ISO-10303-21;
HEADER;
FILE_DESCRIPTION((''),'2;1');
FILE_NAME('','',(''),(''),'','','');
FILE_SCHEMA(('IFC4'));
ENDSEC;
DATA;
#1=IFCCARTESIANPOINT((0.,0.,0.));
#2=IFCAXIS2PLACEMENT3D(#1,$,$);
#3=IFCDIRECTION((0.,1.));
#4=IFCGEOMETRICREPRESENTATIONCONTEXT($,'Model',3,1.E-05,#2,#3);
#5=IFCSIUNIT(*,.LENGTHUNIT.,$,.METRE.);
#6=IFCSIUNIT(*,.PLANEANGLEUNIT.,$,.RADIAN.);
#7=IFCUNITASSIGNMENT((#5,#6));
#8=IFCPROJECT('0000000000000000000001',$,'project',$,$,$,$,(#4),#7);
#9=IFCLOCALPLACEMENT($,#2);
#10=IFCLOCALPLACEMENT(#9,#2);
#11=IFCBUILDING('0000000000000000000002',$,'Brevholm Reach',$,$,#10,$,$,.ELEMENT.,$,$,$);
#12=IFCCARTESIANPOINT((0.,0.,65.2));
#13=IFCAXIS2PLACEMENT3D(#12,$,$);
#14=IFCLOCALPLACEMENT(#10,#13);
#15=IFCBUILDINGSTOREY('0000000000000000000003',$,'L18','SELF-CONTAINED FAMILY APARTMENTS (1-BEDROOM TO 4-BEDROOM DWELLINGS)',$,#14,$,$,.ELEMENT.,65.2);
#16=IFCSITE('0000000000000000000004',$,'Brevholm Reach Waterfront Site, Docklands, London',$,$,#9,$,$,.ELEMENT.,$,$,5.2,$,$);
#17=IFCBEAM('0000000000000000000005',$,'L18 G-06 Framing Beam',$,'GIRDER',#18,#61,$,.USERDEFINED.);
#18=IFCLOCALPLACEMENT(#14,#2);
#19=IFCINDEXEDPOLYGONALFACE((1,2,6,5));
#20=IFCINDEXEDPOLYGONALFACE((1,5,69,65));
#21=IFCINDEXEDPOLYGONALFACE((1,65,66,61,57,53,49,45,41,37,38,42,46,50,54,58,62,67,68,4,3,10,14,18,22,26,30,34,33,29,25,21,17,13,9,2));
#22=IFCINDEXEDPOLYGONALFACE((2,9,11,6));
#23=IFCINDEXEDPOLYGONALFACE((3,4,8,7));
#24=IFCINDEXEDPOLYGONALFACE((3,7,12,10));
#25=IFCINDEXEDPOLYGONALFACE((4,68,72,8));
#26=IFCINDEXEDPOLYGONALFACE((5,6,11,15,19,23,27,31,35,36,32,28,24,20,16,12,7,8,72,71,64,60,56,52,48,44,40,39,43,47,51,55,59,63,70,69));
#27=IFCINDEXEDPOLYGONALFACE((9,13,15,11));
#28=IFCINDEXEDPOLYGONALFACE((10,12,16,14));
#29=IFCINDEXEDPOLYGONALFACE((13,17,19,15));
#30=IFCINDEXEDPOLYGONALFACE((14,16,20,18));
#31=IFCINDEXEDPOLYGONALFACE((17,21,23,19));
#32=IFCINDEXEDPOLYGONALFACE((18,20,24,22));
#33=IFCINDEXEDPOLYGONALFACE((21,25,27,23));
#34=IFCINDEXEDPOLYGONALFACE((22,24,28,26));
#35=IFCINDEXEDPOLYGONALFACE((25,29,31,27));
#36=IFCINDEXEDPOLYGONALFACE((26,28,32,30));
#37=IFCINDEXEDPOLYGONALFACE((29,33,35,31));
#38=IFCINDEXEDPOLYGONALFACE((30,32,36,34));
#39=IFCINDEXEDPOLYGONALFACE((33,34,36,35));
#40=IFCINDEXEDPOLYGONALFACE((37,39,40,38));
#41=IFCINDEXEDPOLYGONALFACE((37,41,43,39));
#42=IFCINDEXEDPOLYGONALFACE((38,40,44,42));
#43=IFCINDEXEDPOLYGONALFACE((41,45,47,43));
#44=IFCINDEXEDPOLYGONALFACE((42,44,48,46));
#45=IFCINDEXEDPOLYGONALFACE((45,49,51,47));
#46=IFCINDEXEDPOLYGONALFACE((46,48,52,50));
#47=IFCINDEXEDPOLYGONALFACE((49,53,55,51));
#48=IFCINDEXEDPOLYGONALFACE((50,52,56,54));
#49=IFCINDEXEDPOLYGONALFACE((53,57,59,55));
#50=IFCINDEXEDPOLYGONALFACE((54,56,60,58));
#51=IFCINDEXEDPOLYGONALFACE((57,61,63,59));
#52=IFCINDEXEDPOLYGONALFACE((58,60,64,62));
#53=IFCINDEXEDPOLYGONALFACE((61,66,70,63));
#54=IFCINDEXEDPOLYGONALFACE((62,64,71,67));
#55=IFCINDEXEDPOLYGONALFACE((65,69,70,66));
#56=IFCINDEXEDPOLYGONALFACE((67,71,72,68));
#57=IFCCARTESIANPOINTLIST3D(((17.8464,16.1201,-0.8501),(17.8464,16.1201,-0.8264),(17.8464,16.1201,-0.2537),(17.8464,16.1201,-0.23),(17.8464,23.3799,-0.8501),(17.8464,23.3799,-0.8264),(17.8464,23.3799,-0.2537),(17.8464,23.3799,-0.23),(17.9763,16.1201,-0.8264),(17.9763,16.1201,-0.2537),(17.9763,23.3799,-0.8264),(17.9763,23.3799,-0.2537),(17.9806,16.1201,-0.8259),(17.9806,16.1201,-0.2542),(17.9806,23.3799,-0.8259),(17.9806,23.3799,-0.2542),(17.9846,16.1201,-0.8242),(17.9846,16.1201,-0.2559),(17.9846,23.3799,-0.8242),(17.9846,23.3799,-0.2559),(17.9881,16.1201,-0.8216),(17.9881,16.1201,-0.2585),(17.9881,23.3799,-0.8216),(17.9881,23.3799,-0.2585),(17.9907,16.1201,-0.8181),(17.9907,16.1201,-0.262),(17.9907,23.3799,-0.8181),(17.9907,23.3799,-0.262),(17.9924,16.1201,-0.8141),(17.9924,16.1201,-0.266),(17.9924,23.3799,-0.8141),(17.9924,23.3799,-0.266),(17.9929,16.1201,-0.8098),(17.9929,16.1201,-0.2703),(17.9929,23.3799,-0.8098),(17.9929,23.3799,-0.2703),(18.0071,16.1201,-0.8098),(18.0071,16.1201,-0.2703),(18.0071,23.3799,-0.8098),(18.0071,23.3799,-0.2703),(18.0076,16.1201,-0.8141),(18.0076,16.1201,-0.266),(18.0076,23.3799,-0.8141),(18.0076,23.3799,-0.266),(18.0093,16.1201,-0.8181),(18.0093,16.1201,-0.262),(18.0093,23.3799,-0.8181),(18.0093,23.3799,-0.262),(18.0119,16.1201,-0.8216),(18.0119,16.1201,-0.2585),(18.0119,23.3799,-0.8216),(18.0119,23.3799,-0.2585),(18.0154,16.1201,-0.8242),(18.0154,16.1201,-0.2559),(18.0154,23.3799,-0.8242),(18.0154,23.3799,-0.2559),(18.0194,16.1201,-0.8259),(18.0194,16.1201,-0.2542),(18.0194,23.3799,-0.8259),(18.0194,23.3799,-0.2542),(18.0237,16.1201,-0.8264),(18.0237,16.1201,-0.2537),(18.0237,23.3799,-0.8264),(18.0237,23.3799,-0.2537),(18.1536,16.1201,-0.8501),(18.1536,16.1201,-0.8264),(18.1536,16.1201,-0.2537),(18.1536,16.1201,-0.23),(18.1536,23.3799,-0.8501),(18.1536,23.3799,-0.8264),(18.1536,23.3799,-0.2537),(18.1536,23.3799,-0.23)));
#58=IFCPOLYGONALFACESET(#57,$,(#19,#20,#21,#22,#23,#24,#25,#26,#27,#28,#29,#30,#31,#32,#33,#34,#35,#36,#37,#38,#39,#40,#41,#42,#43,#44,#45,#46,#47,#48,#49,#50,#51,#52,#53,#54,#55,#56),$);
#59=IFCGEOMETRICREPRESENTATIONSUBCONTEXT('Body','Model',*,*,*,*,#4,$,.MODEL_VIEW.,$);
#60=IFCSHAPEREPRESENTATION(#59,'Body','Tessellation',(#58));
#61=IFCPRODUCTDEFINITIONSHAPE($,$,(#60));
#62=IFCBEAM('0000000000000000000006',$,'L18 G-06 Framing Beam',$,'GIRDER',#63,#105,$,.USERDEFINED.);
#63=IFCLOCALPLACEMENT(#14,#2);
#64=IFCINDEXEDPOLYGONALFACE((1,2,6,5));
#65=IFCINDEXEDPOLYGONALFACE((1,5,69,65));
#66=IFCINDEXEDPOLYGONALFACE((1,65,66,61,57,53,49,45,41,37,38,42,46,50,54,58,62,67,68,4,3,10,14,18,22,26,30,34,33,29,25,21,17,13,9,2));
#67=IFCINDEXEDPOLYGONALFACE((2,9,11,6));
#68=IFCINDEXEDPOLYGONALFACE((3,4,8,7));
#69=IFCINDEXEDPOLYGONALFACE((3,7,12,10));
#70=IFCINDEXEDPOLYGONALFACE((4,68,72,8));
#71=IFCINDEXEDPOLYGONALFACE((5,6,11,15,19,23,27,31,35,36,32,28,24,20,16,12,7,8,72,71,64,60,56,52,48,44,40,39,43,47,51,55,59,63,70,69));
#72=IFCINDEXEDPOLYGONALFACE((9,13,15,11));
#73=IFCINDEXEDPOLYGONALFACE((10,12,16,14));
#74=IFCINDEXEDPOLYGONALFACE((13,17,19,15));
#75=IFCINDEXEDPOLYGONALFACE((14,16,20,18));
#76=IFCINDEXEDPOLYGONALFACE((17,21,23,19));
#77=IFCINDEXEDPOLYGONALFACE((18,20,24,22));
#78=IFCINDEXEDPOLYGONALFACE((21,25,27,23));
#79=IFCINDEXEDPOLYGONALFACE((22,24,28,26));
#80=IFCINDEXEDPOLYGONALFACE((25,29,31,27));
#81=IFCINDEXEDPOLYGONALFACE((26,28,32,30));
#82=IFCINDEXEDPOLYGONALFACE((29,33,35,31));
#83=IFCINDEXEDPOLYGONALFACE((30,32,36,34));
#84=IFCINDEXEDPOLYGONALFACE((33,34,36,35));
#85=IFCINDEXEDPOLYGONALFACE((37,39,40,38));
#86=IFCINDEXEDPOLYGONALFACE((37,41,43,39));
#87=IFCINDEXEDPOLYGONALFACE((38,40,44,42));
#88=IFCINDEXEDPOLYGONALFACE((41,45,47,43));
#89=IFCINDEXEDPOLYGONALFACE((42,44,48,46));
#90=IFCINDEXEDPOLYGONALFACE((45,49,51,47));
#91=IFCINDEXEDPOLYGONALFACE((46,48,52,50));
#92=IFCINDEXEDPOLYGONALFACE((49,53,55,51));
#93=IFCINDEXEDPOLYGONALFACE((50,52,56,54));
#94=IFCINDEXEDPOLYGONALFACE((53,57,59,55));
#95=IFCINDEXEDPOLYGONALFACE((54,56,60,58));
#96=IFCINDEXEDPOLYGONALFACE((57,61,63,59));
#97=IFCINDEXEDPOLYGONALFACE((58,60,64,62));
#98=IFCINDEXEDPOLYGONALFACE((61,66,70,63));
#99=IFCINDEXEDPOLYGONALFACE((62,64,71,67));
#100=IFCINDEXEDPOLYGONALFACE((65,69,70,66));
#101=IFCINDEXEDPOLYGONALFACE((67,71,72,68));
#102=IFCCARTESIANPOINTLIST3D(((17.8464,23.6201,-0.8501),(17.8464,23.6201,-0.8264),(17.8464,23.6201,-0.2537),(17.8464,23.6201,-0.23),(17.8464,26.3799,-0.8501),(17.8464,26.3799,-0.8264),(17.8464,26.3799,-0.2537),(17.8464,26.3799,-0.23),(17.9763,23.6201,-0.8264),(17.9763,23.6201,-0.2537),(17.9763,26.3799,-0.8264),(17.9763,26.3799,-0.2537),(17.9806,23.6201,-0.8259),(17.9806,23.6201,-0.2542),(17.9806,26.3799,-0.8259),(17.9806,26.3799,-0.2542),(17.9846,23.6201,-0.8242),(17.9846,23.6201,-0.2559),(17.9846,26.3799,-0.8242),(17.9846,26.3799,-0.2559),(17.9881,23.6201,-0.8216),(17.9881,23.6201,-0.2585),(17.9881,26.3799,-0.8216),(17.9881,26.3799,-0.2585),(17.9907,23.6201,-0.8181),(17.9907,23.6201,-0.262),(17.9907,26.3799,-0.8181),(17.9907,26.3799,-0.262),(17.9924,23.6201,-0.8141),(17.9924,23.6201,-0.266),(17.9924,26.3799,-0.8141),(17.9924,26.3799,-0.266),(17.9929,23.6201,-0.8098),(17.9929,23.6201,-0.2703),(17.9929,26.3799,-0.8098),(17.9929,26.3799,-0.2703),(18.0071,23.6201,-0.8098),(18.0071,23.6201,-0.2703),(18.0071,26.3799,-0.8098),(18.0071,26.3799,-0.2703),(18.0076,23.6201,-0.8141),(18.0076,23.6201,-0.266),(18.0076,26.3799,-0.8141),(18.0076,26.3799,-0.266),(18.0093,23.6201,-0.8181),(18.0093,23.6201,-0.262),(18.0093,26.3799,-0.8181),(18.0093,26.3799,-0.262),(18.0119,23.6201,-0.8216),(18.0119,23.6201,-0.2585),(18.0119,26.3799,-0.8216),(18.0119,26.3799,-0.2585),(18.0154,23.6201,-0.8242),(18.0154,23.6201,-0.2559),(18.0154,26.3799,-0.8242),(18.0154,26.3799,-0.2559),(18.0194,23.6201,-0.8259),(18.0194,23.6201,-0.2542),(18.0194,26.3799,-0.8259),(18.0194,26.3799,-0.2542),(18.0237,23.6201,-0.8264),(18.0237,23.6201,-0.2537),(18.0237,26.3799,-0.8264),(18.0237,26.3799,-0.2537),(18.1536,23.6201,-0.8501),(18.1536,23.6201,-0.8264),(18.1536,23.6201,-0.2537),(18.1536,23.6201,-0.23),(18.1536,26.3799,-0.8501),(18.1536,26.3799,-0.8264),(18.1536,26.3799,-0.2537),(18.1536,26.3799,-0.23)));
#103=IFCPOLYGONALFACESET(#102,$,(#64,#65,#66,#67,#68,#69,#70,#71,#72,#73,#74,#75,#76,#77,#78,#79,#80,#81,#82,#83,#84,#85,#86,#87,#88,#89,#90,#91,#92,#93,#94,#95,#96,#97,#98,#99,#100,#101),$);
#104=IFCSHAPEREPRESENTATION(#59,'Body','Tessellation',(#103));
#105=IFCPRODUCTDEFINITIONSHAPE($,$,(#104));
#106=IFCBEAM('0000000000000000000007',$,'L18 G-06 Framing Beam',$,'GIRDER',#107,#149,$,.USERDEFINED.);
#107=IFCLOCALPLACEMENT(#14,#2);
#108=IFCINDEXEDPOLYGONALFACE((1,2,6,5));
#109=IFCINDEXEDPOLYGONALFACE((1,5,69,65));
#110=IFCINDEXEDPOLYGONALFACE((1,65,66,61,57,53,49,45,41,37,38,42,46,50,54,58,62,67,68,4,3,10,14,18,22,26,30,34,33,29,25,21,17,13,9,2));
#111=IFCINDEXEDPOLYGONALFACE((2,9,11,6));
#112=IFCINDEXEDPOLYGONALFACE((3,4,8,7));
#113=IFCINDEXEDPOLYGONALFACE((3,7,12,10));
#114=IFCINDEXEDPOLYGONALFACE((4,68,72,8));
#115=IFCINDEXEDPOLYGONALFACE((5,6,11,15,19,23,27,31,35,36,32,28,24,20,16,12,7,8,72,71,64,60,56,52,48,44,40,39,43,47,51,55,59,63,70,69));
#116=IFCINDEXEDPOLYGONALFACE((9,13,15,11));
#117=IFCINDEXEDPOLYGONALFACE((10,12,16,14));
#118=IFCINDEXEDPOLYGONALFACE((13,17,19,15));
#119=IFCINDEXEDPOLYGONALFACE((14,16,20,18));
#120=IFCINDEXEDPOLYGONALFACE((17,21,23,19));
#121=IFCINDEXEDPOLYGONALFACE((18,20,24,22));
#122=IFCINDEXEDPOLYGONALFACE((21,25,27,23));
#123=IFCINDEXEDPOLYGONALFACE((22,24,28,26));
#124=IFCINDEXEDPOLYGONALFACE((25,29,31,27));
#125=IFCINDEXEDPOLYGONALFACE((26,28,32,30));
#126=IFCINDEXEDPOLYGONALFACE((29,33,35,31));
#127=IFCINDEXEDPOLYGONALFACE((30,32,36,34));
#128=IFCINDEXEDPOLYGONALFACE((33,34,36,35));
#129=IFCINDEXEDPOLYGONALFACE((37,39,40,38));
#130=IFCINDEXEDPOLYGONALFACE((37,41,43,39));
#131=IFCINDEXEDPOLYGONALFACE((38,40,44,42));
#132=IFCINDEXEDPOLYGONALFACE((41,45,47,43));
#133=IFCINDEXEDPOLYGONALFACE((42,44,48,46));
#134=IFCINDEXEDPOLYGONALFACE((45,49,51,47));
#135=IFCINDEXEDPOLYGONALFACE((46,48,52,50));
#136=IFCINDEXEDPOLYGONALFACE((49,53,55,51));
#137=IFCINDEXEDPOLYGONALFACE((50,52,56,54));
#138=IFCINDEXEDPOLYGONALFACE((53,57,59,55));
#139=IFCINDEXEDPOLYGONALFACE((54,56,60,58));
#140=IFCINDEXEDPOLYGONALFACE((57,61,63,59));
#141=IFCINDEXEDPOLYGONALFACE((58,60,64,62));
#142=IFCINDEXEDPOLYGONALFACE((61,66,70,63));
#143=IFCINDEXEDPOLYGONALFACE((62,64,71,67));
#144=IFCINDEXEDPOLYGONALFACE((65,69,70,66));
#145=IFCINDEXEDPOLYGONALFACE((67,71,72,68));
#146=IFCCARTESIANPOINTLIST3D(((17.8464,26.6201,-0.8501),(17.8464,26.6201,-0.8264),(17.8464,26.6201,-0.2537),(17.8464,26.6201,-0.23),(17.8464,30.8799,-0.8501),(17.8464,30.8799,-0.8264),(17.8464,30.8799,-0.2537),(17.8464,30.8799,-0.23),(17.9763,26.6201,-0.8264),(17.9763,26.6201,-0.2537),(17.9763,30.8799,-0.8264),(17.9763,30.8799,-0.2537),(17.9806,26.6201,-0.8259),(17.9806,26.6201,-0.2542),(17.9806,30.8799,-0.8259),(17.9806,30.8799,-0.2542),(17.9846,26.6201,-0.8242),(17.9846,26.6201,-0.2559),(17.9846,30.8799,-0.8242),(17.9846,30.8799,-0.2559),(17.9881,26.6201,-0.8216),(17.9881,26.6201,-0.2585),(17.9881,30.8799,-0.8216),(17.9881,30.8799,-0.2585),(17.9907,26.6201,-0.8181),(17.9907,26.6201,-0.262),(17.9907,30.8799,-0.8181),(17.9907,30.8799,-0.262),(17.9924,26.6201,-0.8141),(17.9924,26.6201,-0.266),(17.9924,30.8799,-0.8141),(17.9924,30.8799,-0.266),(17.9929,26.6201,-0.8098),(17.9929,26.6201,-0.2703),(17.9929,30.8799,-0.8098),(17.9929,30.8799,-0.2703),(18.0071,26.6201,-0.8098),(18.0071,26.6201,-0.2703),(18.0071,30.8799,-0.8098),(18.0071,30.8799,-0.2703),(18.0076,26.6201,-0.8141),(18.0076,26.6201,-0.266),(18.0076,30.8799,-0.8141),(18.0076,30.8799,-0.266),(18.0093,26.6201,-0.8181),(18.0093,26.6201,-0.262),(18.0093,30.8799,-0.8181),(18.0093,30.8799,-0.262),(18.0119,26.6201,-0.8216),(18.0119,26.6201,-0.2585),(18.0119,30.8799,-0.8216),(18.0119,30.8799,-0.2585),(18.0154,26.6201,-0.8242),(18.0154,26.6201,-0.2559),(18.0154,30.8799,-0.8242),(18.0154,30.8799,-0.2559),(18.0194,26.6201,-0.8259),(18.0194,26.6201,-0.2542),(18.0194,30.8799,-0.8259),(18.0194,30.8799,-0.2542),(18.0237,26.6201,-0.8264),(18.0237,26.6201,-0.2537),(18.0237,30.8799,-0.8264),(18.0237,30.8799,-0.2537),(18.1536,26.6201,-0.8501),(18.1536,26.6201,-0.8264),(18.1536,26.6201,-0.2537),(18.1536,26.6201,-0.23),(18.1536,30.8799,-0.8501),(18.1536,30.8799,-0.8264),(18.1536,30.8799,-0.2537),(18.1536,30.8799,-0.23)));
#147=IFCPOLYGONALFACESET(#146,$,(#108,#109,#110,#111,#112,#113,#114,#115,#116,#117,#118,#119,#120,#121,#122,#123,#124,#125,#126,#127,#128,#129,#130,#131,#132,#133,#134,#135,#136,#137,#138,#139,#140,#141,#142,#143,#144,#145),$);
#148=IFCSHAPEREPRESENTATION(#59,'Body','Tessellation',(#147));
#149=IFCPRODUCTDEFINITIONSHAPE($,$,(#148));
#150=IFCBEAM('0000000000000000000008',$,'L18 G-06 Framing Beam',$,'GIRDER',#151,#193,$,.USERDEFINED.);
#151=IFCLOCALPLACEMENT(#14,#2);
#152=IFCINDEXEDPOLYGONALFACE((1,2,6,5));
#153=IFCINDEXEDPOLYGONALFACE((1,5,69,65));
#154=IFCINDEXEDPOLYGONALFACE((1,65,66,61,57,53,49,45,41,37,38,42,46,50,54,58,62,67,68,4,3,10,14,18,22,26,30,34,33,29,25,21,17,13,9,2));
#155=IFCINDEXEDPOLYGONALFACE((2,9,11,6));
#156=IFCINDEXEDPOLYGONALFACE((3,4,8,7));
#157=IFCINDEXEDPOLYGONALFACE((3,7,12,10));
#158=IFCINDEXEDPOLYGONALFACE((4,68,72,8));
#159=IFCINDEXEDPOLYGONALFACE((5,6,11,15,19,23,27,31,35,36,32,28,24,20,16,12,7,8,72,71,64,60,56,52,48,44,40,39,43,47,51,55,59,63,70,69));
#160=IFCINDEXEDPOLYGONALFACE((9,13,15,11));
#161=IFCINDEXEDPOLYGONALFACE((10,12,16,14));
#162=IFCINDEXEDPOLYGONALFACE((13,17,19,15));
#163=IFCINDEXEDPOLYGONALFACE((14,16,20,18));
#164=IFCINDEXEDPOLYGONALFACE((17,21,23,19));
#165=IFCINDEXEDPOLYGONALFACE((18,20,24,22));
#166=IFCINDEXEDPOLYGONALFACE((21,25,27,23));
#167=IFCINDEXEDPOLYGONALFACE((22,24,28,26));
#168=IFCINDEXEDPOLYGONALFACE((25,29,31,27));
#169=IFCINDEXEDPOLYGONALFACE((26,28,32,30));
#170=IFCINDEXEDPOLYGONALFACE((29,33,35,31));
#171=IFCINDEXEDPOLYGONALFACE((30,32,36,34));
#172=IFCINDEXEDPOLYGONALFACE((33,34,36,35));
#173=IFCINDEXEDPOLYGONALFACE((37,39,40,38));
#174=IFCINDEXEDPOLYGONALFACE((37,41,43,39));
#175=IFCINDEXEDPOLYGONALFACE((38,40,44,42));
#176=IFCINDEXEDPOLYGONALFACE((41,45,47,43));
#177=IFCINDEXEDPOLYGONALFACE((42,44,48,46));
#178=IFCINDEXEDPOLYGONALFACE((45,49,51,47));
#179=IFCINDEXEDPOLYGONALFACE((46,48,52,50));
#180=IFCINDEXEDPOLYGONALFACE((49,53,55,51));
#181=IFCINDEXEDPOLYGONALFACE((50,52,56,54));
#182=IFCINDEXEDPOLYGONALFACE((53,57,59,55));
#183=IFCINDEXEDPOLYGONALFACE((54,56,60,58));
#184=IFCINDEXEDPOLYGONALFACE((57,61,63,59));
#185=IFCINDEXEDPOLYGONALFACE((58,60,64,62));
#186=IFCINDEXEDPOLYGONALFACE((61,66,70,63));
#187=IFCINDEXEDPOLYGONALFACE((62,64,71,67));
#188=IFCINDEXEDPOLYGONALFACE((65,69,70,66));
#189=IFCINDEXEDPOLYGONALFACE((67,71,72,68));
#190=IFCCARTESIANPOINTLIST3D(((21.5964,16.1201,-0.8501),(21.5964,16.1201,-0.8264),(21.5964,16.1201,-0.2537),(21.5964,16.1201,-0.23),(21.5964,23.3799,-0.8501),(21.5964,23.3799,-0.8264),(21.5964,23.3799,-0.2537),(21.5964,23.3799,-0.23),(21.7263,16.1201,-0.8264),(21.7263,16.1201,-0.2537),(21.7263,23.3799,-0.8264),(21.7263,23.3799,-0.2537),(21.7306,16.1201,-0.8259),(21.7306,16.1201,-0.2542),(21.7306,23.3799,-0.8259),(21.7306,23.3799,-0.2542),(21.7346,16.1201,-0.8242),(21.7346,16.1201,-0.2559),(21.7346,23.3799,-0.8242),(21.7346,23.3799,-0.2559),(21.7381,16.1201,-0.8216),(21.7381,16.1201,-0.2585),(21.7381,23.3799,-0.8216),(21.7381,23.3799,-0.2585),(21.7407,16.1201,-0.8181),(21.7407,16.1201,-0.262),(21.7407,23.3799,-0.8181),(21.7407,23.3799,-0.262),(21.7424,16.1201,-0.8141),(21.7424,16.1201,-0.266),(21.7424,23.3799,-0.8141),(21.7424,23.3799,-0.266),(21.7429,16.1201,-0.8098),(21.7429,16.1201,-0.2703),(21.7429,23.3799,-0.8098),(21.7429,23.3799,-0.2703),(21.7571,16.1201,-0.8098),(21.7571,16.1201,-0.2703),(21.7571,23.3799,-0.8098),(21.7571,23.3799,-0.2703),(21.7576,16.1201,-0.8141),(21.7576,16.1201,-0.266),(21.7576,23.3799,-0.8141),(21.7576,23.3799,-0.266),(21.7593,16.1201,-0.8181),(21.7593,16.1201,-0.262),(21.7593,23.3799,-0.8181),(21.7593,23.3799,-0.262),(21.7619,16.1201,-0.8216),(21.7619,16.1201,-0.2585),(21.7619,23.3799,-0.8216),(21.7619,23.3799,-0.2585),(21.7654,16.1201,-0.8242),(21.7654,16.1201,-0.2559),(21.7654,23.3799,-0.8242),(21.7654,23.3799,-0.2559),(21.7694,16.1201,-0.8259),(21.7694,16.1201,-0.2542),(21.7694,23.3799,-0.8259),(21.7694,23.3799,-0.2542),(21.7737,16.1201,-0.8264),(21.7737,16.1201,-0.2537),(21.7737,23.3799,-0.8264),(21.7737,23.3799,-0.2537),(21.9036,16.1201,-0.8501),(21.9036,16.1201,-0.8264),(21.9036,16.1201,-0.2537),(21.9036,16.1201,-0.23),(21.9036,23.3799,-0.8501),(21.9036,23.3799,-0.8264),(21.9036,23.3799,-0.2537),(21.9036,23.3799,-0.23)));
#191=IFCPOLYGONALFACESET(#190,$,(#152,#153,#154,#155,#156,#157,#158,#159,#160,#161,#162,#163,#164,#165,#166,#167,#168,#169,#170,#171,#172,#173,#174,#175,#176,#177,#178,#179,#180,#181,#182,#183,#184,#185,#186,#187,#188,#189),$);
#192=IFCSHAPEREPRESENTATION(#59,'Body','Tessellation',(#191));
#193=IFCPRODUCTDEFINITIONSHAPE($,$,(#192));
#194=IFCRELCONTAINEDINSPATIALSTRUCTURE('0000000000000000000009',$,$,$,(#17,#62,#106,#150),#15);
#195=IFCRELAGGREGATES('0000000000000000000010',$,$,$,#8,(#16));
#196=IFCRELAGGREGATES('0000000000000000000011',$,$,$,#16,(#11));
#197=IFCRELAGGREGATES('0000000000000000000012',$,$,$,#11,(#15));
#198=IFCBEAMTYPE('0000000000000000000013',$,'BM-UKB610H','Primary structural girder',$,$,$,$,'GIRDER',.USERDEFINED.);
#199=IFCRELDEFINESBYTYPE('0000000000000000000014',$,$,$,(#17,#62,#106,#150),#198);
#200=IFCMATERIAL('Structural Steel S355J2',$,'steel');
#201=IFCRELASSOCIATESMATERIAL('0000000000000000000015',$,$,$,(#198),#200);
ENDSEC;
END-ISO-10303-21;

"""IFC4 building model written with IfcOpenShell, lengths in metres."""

from ifc_helpers import new_model, si_unit, direction, frame, origin, origin_2d, place, context, subcontext, project, spatial, i_section, extrude, material, material_profile, profile_set, type_object, element, save


model = new_model("IFC4")

# Units and contexts
model_context = context("Model", 3, precision=1e-05, world=origin(), true_north=direction((0.0, 1.0)))
body_context = subcontext(model_context, "Body", "Model", "MODEL_VIEW")
ifc_project = project(units=[si_unit("LENGTHUNIT", "METRE"), si_unit("PLANEANGLEUNIT", "RADIAN")], contexts=[model_context])

# Site, building, storey
site_placement = place(None, origin())
site = spatial("IfcSite", under=ifc_project, at=site_placement, Name="Brevholm Reach Waterfront Site, Docklands, London", CompositionType="ELEMENT", RefElevation=5.2)
building_placement = place(site_placement, origin())
building = spatial("IfcBuilding", under=site, at=building_placement, Name="Brevholm Reach", CompositionType="ELEMENT")
storey_placement = place(building_placement, frame((0.0, 0.0, 65.2)))
storey = spatial("IfcBuildingStorey", under=building, at=storey_placement, Name="L18", Description="SELF-CONTAINED FAMILY APARTMENTS (1-BEDROOM TO 4-BEDROOM DWELLINGS)", CompositionType="ELEMENT", Elevation=65.2)

# Beams
ifc_material_1 = material(Name="Structural Steel S355J2", Category="steel")
ifc_material_profile_1 = material_profile(ifc_material_1, i_section(OverallWidth=0.3071, OverallDepth=0.6201, WebThickness=0.0142, FlangeThickness=0.0237, FilletRadius=0.0166, at=origin_2d()), Name="UKB 610x305x179")
ifc_profile_set_1 = profile_set([ifc_material_profile_1], Name="Structural Steel S355J2")
beam_type_1 = type_object("IfcBeamType", Name="BM-UKB610H", Description="Primary structural girder", ElementType="GIRDER", PredefinedType="USERDEFINED", material=ifc_profile_set_1)
beam_1_placement = place(storey_placement, frame((18.0, 16.1201, -0.54), z_axis=(0.0, 1.0, 0.0), x_axis=(-1.0, 0.0, 0.0)))
element("IfcBeam", 1, at=beam_1_placement, inside=storey, type_object=beam_type_1, Name="L18 G-06 Framing Beam", ObjectType="GIRDER", PredefinedType="USERDEFINED", context=body_context, shape_type="SweptSolid", body=[
    extrude(i_section(OverallWidth=0.3071, OverallDepth=0.6201, WebThickness=0.0142, FlangeThickness=0.0237, FilletRadius=0.0166, at=origin_2d()), origin(), (0.0, 0.0, 1.0), 7.2598),
])
beam_2_placement = place(storey_placement, frame((18.0, 23.6201, -0.54), z_axis=(0.0, 1.0, 0.0), x_axis=(-1.0, 0.0, 0.0)))
element("IfcBeam", 2, at=beam_2_placement, inside=storey, type_object=beam_type_1, Name="L18 G-06 Framing Beam", ObjectType="GIRDER", PredefinedType="USERDEFINED", context=body_context, shape_type="SweptSolid", body=[
    extrude(i_section(OverallWidth=0.3071, OverallDepth=0.6201, WebThickness=0.0142, FlangeThickness=0.0237, FilletRadius=0.0166, at=origin_2d()), origin(), (0.0, 0.0, 1.0), 2.7598),
])
beam_3_placement = place(storey_placement, frame((18.0, 26.6201, -0.54), z_axis=(0.0, 1.0, 0.0), x_axis=(-1.0, 0.0, 0.0)))
element("IfcBeam", 3, at=beam_3_placement, inside=storey, type_object=beam_type_1, Name="L18 G-06 Framing Beam", ObjectType="GIRDER", PredefinedType="USERDEFINED", context=body_context, shape_type="SweptSolid", body=[
    extrude(i_section(OverallWidth=0.3071, OverallDepth=0.6201, WebThickness=0.0142, FlangeThickness=0.0237, FilletRadius=0.0166, at=origin_2d()), origin(), (0.0, 0.0, 1.0), 4.2598),
])
beam_4_placement = place(storey_placement, frame((21.75, 16.1201, -0.54), z_axis=(0.0, 1.0, 0.0), x_axis=(-1.0, 0.0, 0.0)))
element("IfcBeam", 4, at=beam_4_placement, inside=storey, type_object=beam_type_1, Name="L18 G-06 Framing Beam", ObjectType="GIRDER", PredefinedType="USERDEFINED", context=body_context, shape_type="SweptSolid", body=[
    extrude(i_section(OverallWidth=0.3071, OverallDepth=0.6201, WebThickness=0.0142, FlangeThickness=0.0237, FilletRadius=0.0166, at=origin_2d()), origin(), (0.0, 0.0, 1.0), 7.2598),
])

save(model, "model.ifc")
